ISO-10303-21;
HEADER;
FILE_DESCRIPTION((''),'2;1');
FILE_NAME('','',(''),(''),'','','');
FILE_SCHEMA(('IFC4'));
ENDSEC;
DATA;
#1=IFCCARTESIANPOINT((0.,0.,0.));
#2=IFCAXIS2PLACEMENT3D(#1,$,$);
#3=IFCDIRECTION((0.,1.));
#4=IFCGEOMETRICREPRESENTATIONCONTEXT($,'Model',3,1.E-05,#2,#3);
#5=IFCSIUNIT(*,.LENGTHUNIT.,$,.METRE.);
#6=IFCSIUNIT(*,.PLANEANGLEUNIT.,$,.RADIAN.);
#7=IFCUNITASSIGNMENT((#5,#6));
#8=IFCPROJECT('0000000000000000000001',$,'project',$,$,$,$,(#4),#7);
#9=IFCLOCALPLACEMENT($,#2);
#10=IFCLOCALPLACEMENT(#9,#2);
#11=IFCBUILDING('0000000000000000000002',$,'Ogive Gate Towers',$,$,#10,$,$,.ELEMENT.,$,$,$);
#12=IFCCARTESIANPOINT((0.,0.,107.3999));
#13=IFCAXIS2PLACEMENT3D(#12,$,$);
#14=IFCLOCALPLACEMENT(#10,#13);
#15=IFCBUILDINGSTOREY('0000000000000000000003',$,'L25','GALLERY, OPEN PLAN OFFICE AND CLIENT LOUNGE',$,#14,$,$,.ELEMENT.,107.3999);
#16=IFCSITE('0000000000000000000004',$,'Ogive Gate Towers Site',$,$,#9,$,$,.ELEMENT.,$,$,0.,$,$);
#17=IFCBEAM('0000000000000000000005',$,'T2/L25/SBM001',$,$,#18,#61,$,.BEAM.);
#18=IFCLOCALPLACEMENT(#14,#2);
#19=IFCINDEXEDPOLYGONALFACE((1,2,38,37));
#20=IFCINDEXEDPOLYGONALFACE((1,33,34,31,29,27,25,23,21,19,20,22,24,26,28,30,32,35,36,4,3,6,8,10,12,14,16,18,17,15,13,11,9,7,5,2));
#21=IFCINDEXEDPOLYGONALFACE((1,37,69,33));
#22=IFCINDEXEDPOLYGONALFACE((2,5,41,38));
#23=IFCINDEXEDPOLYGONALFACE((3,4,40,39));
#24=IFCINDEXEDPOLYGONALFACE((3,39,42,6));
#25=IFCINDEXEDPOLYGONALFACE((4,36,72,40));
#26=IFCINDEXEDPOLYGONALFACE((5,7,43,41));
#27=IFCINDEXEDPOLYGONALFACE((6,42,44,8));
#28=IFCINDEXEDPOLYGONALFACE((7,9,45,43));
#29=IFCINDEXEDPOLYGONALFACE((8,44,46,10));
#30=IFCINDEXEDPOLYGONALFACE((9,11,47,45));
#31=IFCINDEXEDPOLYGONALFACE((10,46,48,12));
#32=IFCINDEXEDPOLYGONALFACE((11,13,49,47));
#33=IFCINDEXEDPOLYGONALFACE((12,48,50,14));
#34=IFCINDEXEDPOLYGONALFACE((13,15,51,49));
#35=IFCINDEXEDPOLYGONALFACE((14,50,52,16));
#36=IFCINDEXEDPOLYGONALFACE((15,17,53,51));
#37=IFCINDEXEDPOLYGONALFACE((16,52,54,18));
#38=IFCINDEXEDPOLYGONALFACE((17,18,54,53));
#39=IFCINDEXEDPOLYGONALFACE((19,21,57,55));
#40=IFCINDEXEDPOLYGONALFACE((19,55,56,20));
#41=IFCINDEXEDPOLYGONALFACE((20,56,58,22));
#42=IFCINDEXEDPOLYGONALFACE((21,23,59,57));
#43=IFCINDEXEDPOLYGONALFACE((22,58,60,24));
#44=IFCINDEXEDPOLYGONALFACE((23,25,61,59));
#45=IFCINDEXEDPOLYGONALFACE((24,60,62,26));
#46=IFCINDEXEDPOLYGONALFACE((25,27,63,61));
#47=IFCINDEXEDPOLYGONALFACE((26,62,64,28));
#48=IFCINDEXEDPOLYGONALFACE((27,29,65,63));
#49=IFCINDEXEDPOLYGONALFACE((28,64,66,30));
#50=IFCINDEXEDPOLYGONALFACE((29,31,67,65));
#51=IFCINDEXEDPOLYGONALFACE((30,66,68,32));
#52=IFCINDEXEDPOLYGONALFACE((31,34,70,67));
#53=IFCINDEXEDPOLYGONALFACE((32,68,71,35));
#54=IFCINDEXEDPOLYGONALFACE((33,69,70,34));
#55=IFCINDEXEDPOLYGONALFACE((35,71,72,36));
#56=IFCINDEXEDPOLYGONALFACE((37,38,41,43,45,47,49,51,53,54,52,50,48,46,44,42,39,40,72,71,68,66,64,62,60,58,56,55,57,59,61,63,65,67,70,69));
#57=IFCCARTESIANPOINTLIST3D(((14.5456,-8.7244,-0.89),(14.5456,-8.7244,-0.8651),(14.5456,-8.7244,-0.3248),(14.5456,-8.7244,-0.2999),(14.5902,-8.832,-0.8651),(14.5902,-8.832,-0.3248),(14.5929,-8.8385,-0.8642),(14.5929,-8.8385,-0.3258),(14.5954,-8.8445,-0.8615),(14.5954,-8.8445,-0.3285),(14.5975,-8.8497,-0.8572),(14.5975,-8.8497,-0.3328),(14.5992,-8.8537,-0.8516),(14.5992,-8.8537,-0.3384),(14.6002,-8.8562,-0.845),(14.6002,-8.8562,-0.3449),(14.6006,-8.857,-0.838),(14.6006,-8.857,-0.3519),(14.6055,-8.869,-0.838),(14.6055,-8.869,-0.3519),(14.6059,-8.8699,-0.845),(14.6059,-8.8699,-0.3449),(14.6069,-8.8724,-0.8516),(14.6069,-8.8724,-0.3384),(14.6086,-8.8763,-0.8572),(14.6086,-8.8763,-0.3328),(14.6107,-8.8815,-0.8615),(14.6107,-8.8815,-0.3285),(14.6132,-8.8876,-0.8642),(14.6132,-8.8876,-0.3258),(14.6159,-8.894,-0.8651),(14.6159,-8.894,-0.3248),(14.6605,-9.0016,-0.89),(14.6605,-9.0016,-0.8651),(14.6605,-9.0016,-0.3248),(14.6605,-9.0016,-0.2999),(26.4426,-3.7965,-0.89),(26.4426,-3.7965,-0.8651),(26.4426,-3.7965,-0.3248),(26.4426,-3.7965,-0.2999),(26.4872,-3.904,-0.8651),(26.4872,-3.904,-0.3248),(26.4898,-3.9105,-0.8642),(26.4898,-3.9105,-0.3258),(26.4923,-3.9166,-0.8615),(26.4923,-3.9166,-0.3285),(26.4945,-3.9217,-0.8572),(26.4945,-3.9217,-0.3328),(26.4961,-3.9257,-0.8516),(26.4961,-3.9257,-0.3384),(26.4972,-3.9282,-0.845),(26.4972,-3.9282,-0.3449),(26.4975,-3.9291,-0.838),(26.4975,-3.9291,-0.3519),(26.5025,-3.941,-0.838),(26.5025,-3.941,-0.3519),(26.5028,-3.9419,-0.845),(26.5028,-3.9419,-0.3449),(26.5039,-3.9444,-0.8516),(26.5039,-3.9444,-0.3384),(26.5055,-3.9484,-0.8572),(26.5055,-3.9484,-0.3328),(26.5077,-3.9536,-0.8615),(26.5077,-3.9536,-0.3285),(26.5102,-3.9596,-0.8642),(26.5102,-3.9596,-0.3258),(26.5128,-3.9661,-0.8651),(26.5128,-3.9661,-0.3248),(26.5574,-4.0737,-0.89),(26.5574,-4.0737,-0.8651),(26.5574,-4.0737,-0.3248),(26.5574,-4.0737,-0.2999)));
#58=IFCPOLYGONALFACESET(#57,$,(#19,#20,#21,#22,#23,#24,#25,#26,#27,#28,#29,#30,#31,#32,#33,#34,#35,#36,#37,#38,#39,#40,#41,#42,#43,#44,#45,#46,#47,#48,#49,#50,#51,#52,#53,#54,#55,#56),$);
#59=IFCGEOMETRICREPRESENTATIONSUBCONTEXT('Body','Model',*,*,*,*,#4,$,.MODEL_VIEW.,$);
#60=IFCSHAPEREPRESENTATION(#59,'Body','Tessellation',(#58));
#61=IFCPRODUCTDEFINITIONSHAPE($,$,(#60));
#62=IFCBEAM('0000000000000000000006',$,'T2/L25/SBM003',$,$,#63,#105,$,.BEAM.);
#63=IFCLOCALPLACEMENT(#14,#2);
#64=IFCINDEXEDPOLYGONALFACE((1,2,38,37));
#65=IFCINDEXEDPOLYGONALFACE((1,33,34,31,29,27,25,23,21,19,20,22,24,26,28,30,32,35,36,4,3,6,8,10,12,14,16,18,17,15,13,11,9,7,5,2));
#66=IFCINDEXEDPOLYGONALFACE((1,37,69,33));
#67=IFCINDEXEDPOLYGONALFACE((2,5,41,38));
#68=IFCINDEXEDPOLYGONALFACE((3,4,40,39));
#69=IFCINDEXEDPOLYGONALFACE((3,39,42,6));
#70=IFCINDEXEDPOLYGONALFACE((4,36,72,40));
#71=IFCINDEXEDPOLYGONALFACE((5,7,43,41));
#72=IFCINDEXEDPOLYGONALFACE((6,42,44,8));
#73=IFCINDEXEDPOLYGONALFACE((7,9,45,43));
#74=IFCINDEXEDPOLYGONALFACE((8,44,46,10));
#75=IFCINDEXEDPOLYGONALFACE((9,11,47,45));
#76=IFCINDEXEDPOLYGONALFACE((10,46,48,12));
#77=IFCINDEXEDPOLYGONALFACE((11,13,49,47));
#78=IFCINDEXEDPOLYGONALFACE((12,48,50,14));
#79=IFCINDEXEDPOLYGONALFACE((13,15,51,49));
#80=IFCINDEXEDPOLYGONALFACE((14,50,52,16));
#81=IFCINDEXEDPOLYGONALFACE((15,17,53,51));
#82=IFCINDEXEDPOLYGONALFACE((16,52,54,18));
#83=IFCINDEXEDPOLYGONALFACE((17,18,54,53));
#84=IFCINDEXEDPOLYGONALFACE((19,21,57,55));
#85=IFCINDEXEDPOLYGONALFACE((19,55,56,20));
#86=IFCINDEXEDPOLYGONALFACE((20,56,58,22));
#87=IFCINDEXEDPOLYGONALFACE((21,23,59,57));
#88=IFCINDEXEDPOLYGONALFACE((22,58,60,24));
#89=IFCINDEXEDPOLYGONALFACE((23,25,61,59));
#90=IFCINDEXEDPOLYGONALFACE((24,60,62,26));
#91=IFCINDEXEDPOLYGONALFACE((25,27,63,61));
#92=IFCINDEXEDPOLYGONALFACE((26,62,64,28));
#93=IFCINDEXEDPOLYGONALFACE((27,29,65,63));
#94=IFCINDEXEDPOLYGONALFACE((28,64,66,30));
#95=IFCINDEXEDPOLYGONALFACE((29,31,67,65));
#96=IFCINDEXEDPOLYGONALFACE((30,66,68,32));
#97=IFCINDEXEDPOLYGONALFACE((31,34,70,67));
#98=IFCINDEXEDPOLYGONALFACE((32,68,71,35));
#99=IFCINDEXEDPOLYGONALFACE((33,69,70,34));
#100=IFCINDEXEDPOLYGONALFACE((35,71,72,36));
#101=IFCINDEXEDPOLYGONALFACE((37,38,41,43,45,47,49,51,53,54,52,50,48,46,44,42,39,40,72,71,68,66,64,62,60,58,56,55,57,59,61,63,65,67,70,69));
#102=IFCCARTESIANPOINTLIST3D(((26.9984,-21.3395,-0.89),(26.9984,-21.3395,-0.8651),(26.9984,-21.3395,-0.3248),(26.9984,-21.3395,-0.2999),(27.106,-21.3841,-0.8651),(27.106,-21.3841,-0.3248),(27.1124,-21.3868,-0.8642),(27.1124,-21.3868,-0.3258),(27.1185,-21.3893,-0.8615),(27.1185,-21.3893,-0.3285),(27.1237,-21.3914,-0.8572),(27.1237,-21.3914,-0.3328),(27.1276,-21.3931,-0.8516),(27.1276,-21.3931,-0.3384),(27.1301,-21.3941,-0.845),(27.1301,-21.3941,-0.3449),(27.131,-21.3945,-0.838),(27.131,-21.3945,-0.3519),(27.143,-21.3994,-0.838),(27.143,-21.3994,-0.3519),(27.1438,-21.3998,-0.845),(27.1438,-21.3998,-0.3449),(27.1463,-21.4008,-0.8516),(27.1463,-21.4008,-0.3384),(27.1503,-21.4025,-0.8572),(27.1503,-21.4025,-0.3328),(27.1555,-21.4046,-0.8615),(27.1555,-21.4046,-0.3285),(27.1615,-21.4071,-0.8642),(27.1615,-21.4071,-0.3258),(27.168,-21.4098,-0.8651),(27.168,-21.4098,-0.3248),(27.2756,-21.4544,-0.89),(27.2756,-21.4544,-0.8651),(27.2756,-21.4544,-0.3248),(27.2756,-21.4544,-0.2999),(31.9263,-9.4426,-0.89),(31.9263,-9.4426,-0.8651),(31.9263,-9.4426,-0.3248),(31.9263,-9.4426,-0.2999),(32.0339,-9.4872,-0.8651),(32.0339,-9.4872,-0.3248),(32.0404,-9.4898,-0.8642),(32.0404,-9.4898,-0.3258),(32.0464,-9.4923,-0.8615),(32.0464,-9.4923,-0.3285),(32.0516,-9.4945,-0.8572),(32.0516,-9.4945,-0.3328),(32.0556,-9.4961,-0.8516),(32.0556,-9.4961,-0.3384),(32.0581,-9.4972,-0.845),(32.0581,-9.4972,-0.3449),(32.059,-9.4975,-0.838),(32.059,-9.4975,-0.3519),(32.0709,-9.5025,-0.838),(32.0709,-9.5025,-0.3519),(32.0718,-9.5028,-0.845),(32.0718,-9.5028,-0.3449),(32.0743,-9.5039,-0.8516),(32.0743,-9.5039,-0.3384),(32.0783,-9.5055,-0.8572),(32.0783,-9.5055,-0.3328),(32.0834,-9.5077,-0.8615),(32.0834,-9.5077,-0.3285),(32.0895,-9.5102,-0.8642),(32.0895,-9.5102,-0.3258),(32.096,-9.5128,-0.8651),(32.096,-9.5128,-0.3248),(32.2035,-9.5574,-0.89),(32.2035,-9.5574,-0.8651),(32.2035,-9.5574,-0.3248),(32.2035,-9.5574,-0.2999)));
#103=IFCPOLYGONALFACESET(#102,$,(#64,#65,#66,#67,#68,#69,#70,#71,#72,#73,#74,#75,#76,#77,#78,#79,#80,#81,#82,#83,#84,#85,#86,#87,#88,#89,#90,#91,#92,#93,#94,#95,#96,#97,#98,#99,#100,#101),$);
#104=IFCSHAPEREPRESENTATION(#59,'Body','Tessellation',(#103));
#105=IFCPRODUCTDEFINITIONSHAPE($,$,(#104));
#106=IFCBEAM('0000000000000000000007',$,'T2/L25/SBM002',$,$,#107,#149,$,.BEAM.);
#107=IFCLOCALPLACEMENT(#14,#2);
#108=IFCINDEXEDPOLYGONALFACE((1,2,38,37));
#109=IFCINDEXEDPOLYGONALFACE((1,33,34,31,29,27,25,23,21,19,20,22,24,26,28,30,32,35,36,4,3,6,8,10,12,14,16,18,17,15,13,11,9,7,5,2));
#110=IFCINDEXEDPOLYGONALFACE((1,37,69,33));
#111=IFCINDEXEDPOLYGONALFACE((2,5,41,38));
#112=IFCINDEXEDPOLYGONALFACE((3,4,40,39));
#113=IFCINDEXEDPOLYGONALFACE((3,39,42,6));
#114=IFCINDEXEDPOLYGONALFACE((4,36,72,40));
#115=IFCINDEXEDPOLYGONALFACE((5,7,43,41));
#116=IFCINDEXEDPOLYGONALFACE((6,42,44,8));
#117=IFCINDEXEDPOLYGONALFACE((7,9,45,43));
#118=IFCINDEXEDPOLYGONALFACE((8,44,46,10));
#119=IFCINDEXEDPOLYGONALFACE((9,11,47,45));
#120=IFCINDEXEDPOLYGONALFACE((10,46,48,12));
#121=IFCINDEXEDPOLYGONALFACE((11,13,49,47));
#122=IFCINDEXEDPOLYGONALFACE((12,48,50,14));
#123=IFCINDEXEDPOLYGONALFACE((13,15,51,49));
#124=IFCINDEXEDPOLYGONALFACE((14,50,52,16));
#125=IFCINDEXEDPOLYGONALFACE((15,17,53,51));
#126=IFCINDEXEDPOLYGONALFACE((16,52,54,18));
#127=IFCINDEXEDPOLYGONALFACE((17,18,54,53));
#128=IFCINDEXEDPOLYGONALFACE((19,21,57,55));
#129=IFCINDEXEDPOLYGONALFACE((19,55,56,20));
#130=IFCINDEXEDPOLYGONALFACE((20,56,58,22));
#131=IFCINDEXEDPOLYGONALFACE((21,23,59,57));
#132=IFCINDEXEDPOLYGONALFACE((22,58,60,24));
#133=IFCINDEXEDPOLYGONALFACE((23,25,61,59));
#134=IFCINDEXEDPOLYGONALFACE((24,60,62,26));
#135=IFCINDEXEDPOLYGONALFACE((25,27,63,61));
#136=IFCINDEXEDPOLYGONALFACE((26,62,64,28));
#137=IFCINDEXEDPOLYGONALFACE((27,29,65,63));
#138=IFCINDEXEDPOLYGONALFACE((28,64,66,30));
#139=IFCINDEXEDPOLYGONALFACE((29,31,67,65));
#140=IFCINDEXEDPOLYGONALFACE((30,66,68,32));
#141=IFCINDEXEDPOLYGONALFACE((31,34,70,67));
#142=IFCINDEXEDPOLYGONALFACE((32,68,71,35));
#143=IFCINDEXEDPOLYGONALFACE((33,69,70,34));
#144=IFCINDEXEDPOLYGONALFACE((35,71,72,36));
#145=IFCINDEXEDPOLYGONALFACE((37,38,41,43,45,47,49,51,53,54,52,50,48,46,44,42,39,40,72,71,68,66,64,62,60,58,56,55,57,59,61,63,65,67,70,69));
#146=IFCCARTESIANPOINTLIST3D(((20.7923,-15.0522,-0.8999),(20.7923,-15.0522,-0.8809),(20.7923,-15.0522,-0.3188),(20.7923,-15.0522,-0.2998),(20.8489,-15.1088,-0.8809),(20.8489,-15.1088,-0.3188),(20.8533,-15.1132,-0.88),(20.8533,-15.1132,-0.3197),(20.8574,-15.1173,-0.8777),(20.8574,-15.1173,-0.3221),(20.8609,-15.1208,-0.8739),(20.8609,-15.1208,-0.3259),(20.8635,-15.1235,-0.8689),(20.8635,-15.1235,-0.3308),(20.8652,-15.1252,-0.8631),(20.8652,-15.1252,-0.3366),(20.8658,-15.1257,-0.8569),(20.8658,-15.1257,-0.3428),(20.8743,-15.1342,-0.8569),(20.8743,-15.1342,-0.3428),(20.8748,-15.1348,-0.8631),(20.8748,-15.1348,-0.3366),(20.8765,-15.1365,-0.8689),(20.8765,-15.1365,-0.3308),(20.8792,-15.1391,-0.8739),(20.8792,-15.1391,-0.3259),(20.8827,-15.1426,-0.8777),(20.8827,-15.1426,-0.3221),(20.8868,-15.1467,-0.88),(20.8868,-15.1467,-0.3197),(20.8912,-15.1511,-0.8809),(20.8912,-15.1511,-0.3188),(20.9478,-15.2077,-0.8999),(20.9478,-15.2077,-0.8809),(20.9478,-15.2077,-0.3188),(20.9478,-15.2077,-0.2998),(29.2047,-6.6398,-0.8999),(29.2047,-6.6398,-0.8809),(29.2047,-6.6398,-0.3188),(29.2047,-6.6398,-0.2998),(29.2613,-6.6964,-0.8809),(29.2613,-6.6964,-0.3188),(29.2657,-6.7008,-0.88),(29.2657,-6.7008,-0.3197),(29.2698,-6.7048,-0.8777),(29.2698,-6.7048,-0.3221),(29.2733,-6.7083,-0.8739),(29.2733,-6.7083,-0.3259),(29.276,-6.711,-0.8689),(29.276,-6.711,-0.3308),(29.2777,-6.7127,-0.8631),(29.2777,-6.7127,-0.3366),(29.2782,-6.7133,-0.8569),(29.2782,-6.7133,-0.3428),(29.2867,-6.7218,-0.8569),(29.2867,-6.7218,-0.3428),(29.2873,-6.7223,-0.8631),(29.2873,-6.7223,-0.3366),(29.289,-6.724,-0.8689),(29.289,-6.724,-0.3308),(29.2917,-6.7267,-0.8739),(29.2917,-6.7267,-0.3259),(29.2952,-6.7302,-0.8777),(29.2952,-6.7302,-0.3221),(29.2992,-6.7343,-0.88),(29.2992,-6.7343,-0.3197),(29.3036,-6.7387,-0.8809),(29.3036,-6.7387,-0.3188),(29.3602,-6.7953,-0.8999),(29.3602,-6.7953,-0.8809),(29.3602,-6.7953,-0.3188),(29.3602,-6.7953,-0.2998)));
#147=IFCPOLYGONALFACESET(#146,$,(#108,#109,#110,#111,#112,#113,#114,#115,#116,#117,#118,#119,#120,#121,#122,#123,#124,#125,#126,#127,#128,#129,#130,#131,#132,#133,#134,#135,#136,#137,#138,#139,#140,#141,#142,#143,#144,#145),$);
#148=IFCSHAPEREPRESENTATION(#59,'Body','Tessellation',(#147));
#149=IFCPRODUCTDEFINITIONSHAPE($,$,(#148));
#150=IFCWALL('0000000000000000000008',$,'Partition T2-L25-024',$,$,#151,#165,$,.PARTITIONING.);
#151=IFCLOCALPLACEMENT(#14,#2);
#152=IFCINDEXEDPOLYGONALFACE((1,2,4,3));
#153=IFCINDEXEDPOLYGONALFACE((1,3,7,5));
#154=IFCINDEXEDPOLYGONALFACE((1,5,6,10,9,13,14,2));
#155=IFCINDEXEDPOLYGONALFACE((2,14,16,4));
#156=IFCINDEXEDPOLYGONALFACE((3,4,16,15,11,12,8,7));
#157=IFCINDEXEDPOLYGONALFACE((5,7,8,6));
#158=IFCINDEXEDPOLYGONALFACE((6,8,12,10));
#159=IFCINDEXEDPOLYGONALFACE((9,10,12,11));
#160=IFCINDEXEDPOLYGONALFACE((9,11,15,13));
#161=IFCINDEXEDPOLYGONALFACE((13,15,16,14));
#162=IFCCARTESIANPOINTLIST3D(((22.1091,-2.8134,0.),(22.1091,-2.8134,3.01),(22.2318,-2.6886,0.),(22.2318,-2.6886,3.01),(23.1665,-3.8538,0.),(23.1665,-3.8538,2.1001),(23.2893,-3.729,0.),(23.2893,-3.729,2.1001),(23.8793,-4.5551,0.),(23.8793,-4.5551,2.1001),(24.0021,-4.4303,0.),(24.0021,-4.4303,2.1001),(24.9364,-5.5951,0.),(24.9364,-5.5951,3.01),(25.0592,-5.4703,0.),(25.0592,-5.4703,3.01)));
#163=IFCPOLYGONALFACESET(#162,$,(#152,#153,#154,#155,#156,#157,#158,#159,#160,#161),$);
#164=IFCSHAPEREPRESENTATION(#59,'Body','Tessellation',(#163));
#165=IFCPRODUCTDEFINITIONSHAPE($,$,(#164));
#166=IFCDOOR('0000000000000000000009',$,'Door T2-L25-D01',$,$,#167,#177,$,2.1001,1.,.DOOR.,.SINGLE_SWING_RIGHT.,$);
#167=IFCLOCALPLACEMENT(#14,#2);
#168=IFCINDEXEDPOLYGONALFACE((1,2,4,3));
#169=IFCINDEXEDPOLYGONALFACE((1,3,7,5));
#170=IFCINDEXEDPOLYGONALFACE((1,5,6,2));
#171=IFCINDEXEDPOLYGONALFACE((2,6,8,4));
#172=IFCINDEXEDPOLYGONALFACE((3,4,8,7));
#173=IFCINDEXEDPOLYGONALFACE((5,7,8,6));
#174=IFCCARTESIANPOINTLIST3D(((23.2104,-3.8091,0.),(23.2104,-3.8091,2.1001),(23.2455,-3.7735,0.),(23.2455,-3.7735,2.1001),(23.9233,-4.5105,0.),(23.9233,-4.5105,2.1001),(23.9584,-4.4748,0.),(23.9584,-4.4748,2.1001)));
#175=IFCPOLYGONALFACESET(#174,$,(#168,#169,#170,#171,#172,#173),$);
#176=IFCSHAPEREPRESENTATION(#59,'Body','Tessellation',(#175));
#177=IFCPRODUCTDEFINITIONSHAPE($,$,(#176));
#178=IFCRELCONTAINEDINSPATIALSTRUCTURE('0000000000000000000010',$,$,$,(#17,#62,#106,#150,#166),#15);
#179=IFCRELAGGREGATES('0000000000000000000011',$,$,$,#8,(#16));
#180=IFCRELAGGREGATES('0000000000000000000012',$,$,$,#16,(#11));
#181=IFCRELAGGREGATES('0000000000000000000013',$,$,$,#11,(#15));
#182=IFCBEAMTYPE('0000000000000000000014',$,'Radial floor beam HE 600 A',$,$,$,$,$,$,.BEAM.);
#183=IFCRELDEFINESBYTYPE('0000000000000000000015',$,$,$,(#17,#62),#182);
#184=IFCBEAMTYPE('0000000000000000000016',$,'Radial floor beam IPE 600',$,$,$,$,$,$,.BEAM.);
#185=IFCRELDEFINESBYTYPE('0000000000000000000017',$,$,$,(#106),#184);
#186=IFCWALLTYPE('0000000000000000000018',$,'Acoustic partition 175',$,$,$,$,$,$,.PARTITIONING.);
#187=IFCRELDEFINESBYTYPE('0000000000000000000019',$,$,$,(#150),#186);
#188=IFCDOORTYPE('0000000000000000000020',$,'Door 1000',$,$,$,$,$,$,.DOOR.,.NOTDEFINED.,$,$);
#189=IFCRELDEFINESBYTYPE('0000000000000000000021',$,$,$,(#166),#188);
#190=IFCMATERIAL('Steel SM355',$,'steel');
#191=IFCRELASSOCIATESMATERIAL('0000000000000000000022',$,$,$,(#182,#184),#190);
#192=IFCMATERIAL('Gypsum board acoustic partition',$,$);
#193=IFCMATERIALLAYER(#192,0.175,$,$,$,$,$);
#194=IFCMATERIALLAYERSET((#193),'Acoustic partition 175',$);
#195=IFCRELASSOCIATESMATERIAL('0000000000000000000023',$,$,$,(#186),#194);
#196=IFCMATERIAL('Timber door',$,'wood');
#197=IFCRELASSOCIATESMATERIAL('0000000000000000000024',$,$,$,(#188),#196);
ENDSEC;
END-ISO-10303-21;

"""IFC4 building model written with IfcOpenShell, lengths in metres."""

from ifc_helpers import new_model, si_unit, direction, frame, frame_2d, origin, origin_2d, place, context, subcontext, project, spatial, rectangle, i_section, extrude, material, layer, layer_set, material_profile, profile_set, type_object, element, fill, save


model = new_model("IFC4")

# Units and contexts
model_context = context("Model", 3, precision=1e-05, world=origin(), true_north=direction((0.0, 1.0)))
body_context = subcontext(model_context, "Body", "Model", "MODEL_VIEW")
ifc_project = project(units=[si_unit("LENGTHUNIT", "METRE"), si_unit("PLANEANGLEUNIT", "RADIAN")], contexts=[model_context])

# Site, building, storey
site_placement = place(None, origin())
site = spatial("IfcSite", under=ifc_project, at=site_placement, Name="Ogive Gate Towers Site", CompositionType="ELEMENT", RefElevation=0.0)
building_placement = place(site_placement, origin())
building = spatial("IfcBuilding", under=site, at=building_placement, Name="Ogive Gate Towers", CompositionType="ELEMENT")
storey_placement = place(building_placement, frame((0.0, 0.0, 107.3999)))
storey = spatial("IfcBuildingStorey", under=building, at=storey_placement, Name="L25", Description="GALLERY, OPEN PLAN OFFICE AND CLIENT LOUNGE", CompositionType="ELEMENT", Elevation=107.3999)

# Beams
ifc_material_1 = material(Name="Steel SM355", Category="steel")
ifc_material_profile_1 = material_profile(ifc_material_1, i_section(OverallWidth=0.3, OverallDepth=0.5901, WebThickness=0.0129, FlangeThickness=0.0249, FilletRadius=0.0271, at=origin_2d()), Name="HE 600 A")
ifc_profile_set_1 = profile_set([ifc_material_profile_1], Name="Steel SM355")
beam_type_1 = type_object("IfcBeamType", Name="Radial floor beam HE 600 A", PredefinedType="BEAM", material=ifc_profile_set_1)
for number, where, z_axis, x_axis, name in (
    (1, (26.5, -3.9351, -0.595), (-0.923877, -0.382689, 0.0), (0.382689, -0.923877, 0.0), "T2/L25/SBM001"),
    (2, (32.0649, -9.5, -0.595), (-0.382689, -0.923877, 0.0), (0.923877, -0.382689, 0.0), "T2/L25/SBM003"),
):
    element("IfcBeam", number, at=place(storey_placement, frame(where, z_axis=z_axis, x_axis=x_axis)), inside=storey, type_object=beam_type_1, Name=name, PredefinedType="BEAM", context=body_context, shape_type="SweptSolid", body=[
        extrude(i_section(OverallWidth=0.3, OverallDepth=0.5901, WebThickness=0.0129, FlangeThickness=0.0249, FilletRadius=0.0271, at=origin_2d()), origin(), (0.0, 0.0, 1.0), 12.8772),
    ])
ifc_material_profile_2 = material_profile(ifc_material_1, i_section(OverallWidth=0.22, OverallDepth=0.6001, WebThickness=0.012, FlangeThickness=0.019, FilletRadius=0.0239, at=origin_2d()), Name="IPE 600")
ifc_profile_set_2 = profile_set([ifc_material_profile_2], Name="Steel SM355")
beam_type_2 = type_object("IfcBeamType", Name="Radial floor beam IPE 600", PredefinedType="BEAM", material=ifc_profile_set_2)
beam_placement = place(storey_placement, frame((29.2825, -6.7175, -0.5999), z_axis=(-0.707107, -0.707107, 0.0), x_axis=(0.707107, -0.707107, 0.0)))
element("IfcBeam", 3, at=beam_placement, inside=storey, type_object=beam_type_2, Name="T2/L25/SBM002", PredefinedType="BEAM", context=body_context, shape_type="SweptSolid", body=[
    extrude(i_section(OverallWidth=0.22, OverallDepth=0.6001, WebThickness=0.012, FlangeThickness=0.019, FilletRadius=0.0239, at=origin_2d()), origin(), (0.0, 0.0, 1.0), 11.897),
])

# Wall, opening, door
ifc_material_2 = material(Name="Gypsum board acoustic partition")
ifc_layer_1 = layer(ifc_material_2, 0.175)
ifc_layer_set_1 = layer_set([ifc_layer_1], Name="Acoustic partition 175")
wall_type_1 = type_object("IfcWallType", Name="Acoustic partition 175", PredefinedType="PARTITIONING", material=ifc_layer_set_1)
wall_1_placement = place(storey_placement, frame((24.9978, -5.5327, 0.0), z_axis=(0.0, 0.0, 1.0), x_axis=(-0.712839, 0.701328, 0.0)))
wall_1 = element("IfcWall", 4, at=wall_1_placement, inside=storey, type_object=wall_type_1, Name="Partition T2-L25-024", PredefinedType="PARTITIONING", context=body_context, shape_type="SweptSolid", body=[
    extrude(rectangle(XDim=3.9663, YDim=0.175, at=frame_2d((1.9832, 0.0))), origin(), (0.0, 0.0, 1.0), 3.01),
])
opening_1_placement = place(wall_1_placement, frame((1.4829, 0.0, 0.0)))
opening_1 = element("IfcOpeningElement", 5, at=opening_1_placement, cuts=wall_1, PredefinedType="OPENING", context=body_context, shape_type="SweptSolid", body=[
    extrude(rectangle(XDim=1.0, YDim=2.1001, at=frame_2d((0.5, 1.05))), frame((0.0, 0.0977, 0.0), z_axis=(0.0, -1.0, 0.0), x_axis=(1.0, 0.0, 0.0)), (0.0, 0.0, 1.0), 0.1951),
])
ifc_material_3 = material(Name="Timber door", Category="wood")
door_type_1 = type_object("IfcDoorType", Name="Door 1000", OperationType="NOTDEFINED", PredefinedType="DOOR", material=ifc_material_3)
door_1_placement = place(opening_1_placement, origin())
door_1 = element("IfcDoor", 6, at=door_1_placement, inside=storey, type_object=door_type_1, Name="Door T2-L25-D01", OperationType="SINGLE_SWING_RIGHT", OverallHeight=2.1001, OverallWidth=1.0, PredefinedType="DOOR", context=body_context, shape_type="SweptSolid", body=[
    extrude(rectangle(XDim=1.0, YDim=2.1001, at=frame_2d((0.5, 1.05))), frame((0.0, 0.0249, 0.0), z_axis=(0.0, -1.0, 0.0), x_axis=(1.0, 0.0, 0.0)), (0.0, 0.0, 1.0), 0.05),
])
fill(opening_1, door_1)

save(model, "model.ifc")
